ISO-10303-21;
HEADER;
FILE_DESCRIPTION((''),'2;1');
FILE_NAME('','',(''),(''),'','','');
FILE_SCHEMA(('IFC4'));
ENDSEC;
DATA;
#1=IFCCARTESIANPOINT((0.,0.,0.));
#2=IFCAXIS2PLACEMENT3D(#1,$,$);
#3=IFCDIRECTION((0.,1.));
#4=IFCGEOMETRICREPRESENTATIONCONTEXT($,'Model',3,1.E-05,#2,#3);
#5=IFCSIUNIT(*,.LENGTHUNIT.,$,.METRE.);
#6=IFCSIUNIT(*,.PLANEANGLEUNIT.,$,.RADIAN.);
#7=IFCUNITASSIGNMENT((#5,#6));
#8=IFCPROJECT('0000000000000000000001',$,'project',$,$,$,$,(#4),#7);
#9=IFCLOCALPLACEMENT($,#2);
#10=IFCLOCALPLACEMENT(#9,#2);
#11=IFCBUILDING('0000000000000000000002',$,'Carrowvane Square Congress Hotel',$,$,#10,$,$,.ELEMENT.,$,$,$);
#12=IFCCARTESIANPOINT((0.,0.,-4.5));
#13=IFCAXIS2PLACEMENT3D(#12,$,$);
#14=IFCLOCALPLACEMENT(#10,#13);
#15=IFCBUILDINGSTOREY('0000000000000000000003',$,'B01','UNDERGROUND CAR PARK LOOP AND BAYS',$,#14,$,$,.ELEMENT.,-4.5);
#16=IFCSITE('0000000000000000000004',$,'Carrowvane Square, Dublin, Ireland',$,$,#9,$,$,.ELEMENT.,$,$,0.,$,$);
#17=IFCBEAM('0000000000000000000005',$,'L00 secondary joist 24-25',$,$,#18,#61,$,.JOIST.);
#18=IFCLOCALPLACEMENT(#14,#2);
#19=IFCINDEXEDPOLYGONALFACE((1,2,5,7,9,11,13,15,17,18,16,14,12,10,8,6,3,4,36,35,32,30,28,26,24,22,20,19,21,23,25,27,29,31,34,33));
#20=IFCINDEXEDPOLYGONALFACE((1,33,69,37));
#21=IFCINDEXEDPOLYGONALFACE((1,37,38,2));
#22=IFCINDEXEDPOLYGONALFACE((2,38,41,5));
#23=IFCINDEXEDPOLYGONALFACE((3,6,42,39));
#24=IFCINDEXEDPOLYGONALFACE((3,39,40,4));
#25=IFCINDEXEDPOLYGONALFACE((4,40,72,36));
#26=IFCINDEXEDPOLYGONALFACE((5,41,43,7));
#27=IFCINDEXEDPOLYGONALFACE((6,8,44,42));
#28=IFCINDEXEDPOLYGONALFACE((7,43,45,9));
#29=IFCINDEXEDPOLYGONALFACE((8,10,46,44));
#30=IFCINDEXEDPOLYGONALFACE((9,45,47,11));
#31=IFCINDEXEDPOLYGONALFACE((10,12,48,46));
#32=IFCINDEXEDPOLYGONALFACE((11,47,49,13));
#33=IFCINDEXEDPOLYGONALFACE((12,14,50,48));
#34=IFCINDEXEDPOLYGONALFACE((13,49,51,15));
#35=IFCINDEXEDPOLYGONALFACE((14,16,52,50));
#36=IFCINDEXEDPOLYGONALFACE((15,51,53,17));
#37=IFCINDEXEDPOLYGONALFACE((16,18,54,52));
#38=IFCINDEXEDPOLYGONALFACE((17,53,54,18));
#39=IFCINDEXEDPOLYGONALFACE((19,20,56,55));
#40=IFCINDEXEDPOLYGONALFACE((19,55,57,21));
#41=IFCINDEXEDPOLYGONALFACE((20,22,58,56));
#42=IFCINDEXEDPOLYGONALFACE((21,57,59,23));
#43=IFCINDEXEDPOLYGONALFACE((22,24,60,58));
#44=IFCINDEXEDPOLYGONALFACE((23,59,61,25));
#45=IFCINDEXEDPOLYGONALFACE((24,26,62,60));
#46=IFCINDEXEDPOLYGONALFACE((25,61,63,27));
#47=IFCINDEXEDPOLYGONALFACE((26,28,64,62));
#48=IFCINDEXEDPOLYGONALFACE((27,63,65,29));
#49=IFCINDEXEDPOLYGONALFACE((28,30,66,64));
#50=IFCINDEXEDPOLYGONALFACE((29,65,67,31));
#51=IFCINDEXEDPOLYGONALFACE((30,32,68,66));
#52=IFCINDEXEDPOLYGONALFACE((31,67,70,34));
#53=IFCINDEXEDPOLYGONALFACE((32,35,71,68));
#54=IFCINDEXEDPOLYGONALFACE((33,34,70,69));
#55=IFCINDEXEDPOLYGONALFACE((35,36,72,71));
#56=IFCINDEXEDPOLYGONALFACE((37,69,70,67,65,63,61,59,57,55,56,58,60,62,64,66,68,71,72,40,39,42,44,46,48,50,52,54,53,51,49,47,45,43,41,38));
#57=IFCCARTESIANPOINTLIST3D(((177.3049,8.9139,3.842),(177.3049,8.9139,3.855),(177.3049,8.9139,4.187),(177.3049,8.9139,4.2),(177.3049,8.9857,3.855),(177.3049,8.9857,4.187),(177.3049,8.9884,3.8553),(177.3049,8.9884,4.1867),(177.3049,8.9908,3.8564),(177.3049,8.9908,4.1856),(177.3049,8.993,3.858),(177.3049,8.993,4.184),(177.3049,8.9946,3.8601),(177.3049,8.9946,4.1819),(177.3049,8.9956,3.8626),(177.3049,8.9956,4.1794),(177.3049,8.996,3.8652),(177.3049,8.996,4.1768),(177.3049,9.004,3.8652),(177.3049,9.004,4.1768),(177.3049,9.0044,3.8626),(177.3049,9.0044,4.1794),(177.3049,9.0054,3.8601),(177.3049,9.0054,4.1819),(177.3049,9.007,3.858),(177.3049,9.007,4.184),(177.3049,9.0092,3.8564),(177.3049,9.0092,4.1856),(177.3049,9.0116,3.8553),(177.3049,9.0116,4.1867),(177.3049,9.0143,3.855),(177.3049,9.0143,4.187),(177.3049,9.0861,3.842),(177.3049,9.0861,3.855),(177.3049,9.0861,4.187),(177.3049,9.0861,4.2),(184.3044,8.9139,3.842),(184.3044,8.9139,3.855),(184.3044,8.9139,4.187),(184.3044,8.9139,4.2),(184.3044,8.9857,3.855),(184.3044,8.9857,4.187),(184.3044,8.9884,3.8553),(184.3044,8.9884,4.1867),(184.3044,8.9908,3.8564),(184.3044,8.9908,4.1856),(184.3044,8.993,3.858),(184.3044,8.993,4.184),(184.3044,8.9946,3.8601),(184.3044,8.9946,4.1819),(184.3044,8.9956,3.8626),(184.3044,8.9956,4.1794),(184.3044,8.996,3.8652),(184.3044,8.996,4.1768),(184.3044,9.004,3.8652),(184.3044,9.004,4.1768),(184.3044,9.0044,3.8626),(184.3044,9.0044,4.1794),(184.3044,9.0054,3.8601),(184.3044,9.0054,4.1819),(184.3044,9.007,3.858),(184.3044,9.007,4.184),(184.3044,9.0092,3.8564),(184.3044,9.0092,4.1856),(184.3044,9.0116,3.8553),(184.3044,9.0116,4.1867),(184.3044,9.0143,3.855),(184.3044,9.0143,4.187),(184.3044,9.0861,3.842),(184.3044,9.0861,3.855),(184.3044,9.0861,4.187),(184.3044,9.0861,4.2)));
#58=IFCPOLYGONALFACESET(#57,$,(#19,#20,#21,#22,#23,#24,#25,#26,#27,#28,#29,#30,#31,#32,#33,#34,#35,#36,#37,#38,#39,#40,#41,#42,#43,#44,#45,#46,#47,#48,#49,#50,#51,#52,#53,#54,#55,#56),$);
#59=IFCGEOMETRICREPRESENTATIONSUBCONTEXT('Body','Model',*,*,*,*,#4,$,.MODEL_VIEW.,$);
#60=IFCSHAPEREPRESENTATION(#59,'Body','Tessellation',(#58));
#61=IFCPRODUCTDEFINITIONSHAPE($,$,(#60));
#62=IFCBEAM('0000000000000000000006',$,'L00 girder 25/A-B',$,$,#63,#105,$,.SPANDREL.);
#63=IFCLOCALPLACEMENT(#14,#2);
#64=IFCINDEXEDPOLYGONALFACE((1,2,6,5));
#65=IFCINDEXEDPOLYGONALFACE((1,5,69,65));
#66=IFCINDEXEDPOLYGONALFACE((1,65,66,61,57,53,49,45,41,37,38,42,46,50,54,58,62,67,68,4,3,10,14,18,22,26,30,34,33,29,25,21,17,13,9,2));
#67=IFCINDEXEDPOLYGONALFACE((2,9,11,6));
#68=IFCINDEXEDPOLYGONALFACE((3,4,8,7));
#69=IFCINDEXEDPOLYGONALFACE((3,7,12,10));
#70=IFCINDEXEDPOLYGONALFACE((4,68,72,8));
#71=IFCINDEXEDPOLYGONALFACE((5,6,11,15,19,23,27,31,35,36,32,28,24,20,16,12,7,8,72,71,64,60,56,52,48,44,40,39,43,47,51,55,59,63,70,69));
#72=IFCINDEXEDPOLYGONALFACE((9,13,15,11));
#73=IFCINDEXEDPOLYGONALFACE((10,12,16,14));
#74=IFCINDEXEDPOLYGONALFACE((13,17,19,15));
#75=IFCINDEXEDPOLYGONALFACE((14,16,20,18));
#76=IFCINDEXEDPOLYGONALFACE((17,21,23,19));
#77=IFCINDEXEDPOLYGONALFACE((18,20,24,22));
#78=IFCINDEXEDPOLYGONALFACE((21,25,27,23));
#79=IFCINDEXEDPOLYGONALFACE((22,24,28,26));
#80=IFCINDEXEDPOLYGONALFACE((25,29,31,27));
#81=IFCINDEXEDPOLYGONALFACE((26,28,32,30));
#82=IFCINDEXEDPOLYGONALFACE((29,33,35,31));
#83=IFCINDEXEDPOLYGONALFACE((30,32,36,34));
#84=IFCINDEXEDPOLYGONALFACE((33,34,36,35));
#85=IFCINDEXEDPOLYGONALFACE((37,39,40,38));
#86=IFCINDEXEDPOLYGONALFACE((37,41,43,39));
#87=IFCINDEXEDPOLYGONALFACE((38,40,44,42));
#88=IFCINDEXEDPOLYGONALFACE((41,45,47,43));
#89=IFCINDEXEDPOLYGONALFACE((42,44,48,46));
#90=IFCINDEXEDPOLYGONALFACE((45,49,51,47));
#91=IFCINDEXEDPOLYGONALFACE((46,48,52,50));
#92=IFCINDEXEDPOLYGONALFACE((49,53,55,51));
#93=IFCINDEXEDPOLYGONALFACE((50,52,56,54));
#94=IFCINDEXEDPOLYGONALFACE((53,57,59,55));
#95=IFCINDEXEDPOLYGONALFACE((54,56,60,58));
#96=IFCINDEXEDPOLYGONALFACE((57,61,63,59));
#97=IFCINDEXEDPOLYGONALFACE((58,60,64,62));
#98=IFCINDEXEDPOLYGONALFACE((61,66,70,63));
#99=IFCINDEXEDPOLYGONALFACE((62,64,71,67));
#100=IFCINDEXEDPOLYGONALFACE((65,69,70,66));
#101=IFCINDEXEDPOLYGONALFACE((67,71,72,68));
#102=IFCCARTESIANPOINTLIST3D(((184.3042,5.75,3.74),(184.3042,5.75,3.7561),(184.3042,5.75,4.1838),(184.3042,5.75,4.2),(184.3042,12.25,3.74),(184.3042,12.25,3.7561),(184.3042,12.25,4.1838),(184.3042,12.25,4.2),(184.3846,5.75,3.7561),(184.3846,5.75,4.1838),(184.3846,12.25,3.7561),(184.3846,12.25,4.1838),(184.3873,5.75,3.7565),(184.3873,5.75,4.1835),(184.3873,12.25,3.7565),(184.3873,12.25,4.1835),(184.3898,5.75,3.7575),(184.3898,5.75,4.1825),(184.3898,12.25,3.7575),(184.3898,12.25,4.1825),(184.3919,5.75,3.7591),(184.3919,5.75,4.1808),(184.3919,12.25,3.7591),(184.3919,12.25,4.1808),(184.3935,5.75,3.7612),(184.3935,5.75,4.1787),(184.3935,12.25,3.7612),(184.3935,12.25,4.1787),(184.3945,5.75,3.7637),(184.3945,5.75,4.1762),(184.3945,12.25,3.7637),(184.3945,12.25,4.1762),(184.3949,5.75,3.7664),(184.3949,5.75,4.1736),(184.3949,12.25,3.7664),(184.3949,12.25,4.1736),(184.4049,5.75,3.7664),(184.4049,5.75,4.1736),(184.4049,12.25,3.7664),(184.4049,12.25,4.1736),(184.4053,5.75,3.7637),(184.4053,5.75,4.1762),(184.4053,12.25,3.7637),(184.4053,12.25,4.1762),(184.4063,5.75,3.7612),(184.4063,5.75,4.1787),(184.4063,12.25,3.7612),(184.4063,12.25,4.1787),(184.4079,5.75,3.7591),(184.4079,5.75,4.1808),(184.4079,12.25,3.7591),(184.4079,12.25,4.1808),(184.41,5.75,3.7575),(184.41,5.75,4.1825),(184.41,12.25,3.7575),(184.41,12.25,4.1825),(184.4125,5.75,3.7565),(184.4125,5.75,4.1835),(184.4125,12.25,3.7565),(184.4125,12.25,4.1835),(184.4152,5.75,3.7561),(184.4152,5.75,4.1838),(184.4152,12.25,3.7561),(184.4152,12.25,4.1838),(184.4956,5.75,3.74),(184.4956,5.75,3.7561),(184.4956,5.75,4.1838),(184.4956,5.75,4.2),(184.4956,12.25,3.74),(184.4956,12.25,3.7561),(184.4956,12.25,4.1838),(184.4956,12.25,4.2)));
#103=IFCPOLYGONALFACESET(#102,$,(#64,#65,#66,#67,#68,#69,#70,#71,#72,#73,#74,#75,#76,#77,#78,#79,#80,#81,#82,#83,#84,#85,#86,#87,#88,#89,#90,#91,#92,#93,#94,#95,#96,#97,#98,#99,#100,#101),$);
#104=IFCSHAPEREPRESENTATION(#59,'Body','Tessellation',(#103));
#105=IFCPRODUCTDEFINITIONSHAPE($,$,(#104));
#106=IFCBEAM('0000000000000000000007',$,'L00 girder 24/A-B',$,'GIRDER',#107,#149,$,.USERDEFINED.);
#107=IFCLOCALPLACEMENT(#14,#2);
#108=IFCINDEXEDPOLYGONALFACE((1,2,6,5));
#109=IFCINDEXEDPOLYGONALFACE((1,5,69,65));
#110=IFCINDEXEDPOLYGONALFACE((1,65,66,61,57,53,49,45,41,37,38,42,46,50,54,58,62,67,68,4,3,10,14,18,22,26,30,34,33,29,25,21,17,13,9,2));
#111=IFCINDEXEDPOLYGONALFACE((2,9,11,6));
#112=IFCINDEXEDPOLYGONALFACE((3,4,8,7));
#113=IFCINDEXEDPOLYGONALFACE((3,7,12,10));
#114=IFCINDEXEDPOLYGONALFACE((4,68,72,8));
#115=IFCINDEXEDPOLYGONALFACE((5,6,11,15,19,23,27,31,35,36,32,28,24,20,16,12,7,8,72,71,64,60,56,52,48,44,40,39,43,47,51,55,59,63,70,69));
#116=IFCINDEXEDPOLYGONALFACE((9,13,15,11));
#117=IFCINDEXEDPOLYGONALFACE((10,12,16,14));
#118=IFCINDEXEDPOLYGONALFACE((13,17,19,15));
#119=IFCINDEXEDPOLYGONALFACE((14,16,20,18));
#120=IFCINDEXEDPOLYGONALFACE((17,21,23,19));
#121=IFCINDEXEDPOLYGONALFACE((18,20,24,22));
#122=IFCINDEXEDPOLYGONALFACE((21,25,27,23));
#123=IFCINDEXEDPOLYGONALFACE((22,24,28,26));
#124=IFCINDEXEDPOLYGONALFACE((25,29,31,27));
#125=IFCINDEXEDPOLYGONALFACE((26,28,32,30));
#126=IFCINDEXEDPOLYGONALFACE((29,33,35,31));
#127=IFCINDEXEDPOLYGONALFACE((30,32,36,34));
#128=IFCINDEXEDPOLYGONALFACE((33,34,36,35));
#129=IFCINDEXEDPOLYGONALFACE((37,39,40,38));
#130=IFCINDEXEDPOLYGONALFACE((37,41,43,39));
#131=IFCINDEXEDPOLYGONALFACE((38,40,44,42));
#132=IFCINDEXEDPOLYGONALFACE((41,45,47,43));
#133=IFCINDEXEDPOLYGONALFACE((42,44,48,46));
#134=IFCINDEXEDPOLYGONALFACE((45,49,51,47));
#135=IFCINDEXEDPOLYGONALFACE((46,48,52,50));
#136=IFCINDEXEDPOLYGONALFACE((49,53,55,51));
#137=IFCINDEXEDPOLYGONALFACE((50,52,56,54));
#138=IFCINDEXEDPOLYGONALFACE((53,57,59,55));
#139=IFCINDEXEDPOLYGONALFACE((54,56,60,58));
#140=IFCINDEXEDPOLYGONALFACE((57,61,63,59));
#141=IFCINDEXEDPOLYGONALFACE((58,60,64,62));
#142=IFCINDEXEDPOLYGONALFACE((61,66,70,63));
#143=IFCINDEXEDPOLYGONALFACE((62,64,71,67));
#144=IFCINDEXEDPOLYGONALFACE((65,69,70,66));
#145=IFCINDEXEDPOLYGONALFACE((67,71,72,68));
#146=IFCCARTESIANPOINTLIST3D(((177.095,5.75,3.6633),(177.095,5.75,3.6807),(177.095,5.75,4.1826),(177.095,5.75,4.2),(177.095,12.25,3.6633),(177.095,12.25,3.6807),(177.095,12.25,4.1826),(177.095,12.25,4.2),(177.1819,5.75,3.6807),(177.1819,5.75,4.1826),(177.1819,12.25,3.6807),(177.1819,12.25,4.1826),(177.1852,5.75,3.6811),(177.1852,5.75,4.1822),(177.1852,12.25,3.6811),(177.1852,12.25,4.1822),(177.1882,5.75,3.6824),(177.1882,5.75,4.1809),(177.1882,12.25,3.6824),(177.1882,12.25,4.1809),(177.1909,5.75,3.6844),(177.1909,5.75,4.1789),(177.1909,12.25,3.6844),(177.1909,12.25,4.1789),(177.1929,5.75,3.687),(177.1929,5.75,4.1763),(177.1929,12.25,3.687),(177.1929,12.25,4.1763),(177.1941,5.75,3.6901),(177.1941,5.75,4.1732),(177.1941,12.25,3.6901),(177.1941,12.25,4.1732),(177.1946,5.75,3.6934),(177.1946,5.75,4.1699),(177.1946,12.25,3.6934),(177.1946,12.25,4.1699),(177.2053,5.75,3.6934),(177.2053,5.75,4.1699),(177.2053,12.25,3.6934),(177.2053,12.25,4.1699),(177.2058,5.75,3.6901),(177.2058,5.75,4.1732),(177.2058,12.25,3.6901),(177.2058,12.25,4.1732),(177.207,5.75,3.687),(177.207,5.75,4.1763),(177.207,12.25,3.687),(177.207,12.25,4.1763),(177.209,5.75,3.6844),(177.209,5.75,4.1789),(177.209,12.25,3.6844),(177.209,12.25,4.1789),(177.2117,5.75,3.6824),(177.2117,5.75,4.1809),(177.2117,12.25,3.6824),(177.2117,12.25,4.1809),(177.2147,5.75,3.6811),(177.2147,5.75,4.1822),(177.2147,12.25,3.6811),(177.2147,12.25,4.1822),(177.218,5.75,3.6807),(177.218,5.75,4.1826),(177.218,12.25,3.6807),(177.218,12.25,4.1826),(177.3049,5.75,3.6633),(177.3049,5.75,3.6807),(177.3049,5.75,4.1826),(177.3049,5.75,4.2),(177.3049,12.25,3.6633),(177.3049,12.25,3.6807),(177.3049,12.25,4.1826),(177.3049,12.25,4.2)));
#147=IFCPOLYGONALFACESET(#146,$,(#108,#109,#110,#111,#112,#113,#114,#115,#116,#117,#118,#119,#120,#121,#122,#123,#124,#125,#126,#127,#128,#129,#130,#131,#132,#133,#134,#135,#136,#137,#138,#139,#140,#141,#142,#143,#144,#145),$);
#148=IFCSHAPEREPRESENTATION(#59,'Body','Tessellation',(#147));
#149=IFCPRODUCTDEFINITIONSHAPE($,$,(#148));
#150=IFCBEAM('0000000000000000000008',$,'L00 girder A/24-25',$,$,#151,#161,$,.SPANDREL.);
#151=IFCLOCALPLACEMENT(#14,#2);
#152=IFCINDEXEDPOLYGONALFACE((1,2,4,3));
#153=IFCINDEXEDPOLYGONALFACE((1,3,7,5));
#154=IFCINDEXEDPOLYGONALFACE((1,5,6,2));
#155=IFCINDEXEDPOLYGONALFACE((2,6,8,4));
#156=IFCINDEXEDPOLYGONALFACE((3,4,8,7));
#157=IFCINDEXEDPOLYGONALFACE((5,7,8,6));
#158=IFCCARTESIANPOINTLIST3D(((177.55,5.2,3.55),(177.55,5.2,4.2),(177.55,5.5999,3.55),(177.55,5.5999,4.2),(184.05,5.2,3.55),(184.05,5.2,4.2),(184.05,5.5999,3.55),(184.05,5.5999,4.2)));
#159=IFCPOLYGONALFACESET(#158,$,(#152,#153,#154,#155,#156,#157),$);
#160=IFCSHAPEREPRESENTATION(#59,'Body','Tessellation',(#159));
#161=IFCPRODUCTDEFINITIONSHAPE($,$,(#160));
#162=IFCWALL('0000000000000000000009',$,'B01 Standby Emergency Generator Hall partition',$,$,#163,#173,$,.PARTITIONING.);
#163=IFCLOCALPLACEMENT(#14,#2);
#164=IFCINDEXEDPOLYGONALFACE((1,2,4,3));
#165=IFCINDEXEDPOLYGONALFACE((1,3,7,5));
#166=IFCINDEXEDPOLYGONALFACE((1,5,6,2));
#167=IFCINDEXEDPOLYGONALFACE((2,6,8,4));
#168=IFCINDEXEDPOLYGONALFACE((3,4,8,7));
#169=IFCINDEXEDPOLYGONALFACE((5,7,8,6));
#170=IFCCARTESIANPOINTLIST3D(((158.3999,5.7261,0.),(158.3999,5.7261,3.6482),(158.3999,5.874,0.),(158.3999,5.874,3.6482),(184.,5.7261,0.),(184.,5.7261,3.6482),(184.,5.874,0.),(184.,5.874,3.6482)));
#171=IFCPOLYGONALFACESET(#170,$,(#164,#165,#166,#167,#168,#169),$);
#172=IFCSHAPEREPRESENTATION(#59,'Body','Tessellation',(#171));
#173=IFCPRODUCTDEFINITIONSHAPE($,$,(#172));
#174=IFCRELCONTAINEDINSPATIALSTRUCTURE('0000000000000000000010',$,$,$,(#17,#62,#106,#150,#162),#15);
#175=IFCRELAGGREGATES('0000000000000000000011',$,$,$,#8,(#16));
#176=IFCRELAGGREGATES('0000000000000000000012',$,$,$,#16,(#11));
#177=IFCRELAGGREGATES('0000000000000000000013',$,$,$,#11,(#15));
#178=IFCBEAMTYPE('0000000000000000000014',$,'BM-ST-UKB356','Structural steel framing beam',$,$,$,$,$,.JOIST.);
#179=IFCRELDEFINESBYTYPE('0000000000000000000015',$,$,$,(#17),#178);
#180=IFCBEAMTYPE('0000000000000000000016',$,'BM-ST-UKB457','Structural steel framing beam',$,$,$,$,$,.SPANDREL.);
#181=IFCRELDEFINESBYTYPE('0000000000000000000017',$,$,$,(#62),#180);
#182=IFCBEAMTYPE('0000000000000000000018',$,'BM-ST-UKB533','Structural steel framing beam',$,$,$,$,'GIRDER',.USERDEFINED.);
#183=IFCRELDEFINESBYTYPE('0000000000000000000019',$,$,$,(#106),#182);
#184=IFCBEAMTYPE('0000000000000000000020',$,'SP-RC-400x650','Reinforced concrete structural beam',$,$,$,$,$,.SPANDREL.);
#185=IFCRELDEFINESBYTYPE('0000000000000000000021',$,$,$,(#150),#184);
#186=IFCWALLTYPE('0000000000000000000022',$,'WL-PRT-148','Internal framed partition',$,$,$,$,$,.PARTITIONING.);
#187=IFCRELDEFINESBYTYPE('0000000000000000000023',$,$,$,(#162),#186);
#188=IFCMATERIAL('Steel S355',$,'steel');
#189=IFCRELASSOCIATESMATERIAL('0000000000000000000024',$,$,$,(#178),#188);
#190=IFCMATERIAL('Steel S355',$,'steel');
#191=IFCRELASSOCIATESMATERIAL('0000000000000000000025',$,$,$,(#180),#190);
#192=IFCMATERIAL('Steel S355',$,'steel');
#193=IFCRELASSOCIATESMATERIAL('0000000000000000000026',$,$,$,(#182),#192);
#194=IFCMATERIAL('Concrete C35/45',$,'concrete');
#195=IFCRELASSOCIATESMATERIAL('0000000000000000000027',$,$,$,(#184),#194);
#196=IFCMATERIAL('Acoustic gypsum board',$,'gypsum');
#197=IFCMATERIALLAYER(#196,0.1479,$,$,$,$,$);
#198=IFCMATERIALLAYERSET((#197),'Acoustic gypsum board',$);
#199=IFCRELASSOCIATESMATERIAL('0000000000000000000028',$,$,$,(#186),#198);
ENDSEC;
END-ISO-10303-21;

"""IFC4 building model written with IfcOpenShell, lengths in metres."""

from ifc_helpers import new_model, si_unit, direction, frame, frame_2d, origin, origin_2d, place, context, subcontext, project, spatial, rectangle, i_section, extrude, material, layer, layer_set, material_profile, profile_set, type_object, element, save


model = new_model("IFC4")

# Units and contexts
model_context = context("Model", 3, precision=1e-05, world=origin(), true_north=direction((0.0, 1.0)))
body_context = subcontext(model_context, "Body", "Model", "MODEL_VIEW")
ifc_project = project(units=[si_unit("LENGTHUNIT", "METRE"), si_unit("PLANEANGLEUNIT", "RADIAN")], contexts=[model_context])

# Site, building, storey
site_placement = place(None, origin())
site = spatial("IfcSite", under=ifc_project, at=site_placement, Name="Carrowvane Square, Dublin, Ireland", CompositionType="ELEMENT", RefElevation=0.0)
building_placement = place(site_placement, origin())
building = spatial("IfcBuilding", under=site, at=building_placement, Name="Carrowvane Square Congress Hotel", CompositionType="ELEMENT")
storey_placement = place(building_placement, frame((0.0, 0.0, -4.5)))
storey = spatial("IfcBuildingStorey", under=building, at=storey_placement, Name="B01", Description="UNDERGROUND CAR PARK LOOP AND BAYS", CompositionType="ELEMENT", Elevation=-4.5)

# Beams
ifc_material_1 = material(Name="Steel S355", Category="steel")
ifc_material_profile_1 = material_profile(ifc_material_1, i_section(OverallWidth=0.1721, OverallDepth=0.3579, WebThickness=0.0081, FlangeThickness=0.0129, FilletRadius=0.0103, at=origin_2d()), Name="UKB 356x171x57")
ifc_profile_set_1 = profile_set([ifc_material_profile_1], Name="Steel S355")
beam_type_1 = type_object("IfcBeamType", Name="BM-ST-UKB356", Description="Structural steel framing beam", PredefinedType="JOIST", material=ifc_profile_set_1)
beam_1_placement = place(storey_placement, frame((177.3049, 9.0, 4.021), z_axis=(1.0, 0.0, 0.0), x_axis=(0.0, 1.0, 0.0)))
element("IfcBeam", 1, at=beam_1_placement, inside=storey, type_object=beam_type_1, Name="L00 secondary joist 24-25", PredefinedType="JOIST", context=body_context, shape_type="SweptSolid", body=[
    extrude(i_section(OverallWidth=0.1721, OverallDepth=0.3579, WebThickness=0.0081, FlangeThickness=0.0129, FilletRadius=0.0103, at=origin_2d()), origin(), (0.0, 0.0, 1.0), 6.9995),
])
ifc_material_2 = material(Name="Steel S355", Category="steel")
ifc_material_profile_2 = material_profile(ifc_material_2, i_section(OverallWidth=0.1914, OverallDepth=0.46, WebThickness=0.01, FlangeThickness=0.0161, FilletRadius=0.0103, at=origin_2d()), Name="UKB 457x191x82")
ifc_profile_set_2 = profile_set([ifc_material_profile_2], Name="Steel S355")
beam_type_2 = type_object("IfcBeamType", Name="BM-ST-UKB457", Description="Structural steel framing beam", PredefinedType="SPANDREL", material=ifc_profile_set_2)
beam_2_placement = place(storey_placement, frame((184.3999, 5.75, 3.97), z_axis=(0.0, 1.0, 0.0), x_axis=(-1.0, 0.0, 0.0)))
element("IfcBeam", 2, at=beam_2_placement, inside=storey, type_object=beam_type_2, Name="L00 girder 25/A-B", PredefinedType="SPANDREL", context=body_context, shape_type="SweptSolid", body=[
    extrude(i_section(OverallWidth=0.1914, OverallDepth=0.46, WebThickness=0.01, FlangeThickness=0.0161, FilletRadius=0.0103, at=origin_2d()), origin(), (0.0, 0.0, 1.0), 6.5),
])
ifc_material_3 = material(Name="Steel S355", Category="steel")
ifc_material_profile_3 = material_profile(ifc_material_3, i_section(OverallWidth=0.21, OverallDepth=0.5366, WebThickness=0.0107, FlangeThickness=0.0173, FilletRadius=0.0127, at=origin_2d()), Name="UKB 533x210x101")
ifc_profile_set_3 = profile_set([ifc_material_profile_3], Name="Steel S355")
beam_type_3 = type_object("IfcBeamType", Name="BM-ST-UKB533", Description="Structural steel framing beam", ElementType="GIRDER", PredefinedType="USERDEFINED", material=ifc_profile_set_3)
beam_3_placement = place(storey_placement, frame((177.2, 5.75, 3.9316), z_axis=(0.0, 1.0, 0.0), x_axis=(-1.0, 0.0, 0.0)))
element("IfcBeam", 3, at=beam_3_placement, inside=storey, type_object=beam_type_3, Name="L00 girder 24/A-B", ObjectType="GIRDER", PredefinedType="USERDEFINED", context=body_context, shape_type="SweptSolid", body=[
    extrude(i_section(OverallWidth=0.21, OverallDepth=0.5366, WebThickness=0.0107, FlangeThickness=0.0173, FilletRadius=0.0127, at=origin_2d()), origin(), (0.0, 0.0, 1.0), 6.5),
])
ifc_material_4 = material(Name="Concrete C35/45", Category="concrete")
ifc_material_profile_4 = material_profile(ifc_material_4, rectangle(XDim=0.3999, YDim=0.6499, at=origin_2d()), Name="RC 400x650")
ifc_profile_set_4 = profile_set([ifc_material_profile_4], Name="Concrete C35/45")
beam_type_4 = type_object("IfcBeamType", Name="SP-RC-400x650", Description="Reinforced concrete structural beam", PredefinedType="SPANDREL", material=ifc_profile_set_4)
beam_4_placement = place(storey_placement, frame((177.55, 5.3999, 3.875), z_axis=(1.0, 0.0, 0.0), x_axis=(0.0, 1.0, 0.0)))
element("IfcBeam", 4, at=beam_4_placement, inside=storey, type_object=beam_type_4, Name="L00 girder A/24-25", PredefinedType="SPANDREL", context=body_context, shape_type="SweptSolid", body=[
    extrude(rectangle(XDim=0.3999, YDim=0.6499, at=origin_2d()), origin(), (0.0, 0.0, 1.0), 6.5),
])

# Wall
ifc_material_5 = material(Name="Acoustic gypsum board", Category="gypsum")
ifc_layer_1 = layer(ifc_material_5, 0.1479)
ifc_layer_set_1 = layer_set([ifc_layer_1], Name="Acoustic gypsum board")
wall_type_1 = type_object("IfcWallType", Name="WL-PRT-148", Description="Internal framed partition", PredefinedType="PARTITIONING", material=ifc_layer_set_1)
wall_placement = place(storey_placement, frame((184.0, 5.8, 0.0), z_axis=(0.0, 0.0, 1.0), x_axis=(-1.0, 0.0, 0.0)))
element("IfcWall", 5, at=wall_placement, inside=storey, type_object=wall_type_1, Name="B01 Standby Emergency Generator Hall partition", PredefinedType="PARTITIONING", context=body_context, shape_type="SweptSolid", body=[
    extrude(rectangle(XDim=25.6001, YDim=0.1479, at=frame_2d((12.8, 0.0))), origin(), (0.0, 0.0, 1.0), 3.6482),
])

save(model, "model.ifc")
